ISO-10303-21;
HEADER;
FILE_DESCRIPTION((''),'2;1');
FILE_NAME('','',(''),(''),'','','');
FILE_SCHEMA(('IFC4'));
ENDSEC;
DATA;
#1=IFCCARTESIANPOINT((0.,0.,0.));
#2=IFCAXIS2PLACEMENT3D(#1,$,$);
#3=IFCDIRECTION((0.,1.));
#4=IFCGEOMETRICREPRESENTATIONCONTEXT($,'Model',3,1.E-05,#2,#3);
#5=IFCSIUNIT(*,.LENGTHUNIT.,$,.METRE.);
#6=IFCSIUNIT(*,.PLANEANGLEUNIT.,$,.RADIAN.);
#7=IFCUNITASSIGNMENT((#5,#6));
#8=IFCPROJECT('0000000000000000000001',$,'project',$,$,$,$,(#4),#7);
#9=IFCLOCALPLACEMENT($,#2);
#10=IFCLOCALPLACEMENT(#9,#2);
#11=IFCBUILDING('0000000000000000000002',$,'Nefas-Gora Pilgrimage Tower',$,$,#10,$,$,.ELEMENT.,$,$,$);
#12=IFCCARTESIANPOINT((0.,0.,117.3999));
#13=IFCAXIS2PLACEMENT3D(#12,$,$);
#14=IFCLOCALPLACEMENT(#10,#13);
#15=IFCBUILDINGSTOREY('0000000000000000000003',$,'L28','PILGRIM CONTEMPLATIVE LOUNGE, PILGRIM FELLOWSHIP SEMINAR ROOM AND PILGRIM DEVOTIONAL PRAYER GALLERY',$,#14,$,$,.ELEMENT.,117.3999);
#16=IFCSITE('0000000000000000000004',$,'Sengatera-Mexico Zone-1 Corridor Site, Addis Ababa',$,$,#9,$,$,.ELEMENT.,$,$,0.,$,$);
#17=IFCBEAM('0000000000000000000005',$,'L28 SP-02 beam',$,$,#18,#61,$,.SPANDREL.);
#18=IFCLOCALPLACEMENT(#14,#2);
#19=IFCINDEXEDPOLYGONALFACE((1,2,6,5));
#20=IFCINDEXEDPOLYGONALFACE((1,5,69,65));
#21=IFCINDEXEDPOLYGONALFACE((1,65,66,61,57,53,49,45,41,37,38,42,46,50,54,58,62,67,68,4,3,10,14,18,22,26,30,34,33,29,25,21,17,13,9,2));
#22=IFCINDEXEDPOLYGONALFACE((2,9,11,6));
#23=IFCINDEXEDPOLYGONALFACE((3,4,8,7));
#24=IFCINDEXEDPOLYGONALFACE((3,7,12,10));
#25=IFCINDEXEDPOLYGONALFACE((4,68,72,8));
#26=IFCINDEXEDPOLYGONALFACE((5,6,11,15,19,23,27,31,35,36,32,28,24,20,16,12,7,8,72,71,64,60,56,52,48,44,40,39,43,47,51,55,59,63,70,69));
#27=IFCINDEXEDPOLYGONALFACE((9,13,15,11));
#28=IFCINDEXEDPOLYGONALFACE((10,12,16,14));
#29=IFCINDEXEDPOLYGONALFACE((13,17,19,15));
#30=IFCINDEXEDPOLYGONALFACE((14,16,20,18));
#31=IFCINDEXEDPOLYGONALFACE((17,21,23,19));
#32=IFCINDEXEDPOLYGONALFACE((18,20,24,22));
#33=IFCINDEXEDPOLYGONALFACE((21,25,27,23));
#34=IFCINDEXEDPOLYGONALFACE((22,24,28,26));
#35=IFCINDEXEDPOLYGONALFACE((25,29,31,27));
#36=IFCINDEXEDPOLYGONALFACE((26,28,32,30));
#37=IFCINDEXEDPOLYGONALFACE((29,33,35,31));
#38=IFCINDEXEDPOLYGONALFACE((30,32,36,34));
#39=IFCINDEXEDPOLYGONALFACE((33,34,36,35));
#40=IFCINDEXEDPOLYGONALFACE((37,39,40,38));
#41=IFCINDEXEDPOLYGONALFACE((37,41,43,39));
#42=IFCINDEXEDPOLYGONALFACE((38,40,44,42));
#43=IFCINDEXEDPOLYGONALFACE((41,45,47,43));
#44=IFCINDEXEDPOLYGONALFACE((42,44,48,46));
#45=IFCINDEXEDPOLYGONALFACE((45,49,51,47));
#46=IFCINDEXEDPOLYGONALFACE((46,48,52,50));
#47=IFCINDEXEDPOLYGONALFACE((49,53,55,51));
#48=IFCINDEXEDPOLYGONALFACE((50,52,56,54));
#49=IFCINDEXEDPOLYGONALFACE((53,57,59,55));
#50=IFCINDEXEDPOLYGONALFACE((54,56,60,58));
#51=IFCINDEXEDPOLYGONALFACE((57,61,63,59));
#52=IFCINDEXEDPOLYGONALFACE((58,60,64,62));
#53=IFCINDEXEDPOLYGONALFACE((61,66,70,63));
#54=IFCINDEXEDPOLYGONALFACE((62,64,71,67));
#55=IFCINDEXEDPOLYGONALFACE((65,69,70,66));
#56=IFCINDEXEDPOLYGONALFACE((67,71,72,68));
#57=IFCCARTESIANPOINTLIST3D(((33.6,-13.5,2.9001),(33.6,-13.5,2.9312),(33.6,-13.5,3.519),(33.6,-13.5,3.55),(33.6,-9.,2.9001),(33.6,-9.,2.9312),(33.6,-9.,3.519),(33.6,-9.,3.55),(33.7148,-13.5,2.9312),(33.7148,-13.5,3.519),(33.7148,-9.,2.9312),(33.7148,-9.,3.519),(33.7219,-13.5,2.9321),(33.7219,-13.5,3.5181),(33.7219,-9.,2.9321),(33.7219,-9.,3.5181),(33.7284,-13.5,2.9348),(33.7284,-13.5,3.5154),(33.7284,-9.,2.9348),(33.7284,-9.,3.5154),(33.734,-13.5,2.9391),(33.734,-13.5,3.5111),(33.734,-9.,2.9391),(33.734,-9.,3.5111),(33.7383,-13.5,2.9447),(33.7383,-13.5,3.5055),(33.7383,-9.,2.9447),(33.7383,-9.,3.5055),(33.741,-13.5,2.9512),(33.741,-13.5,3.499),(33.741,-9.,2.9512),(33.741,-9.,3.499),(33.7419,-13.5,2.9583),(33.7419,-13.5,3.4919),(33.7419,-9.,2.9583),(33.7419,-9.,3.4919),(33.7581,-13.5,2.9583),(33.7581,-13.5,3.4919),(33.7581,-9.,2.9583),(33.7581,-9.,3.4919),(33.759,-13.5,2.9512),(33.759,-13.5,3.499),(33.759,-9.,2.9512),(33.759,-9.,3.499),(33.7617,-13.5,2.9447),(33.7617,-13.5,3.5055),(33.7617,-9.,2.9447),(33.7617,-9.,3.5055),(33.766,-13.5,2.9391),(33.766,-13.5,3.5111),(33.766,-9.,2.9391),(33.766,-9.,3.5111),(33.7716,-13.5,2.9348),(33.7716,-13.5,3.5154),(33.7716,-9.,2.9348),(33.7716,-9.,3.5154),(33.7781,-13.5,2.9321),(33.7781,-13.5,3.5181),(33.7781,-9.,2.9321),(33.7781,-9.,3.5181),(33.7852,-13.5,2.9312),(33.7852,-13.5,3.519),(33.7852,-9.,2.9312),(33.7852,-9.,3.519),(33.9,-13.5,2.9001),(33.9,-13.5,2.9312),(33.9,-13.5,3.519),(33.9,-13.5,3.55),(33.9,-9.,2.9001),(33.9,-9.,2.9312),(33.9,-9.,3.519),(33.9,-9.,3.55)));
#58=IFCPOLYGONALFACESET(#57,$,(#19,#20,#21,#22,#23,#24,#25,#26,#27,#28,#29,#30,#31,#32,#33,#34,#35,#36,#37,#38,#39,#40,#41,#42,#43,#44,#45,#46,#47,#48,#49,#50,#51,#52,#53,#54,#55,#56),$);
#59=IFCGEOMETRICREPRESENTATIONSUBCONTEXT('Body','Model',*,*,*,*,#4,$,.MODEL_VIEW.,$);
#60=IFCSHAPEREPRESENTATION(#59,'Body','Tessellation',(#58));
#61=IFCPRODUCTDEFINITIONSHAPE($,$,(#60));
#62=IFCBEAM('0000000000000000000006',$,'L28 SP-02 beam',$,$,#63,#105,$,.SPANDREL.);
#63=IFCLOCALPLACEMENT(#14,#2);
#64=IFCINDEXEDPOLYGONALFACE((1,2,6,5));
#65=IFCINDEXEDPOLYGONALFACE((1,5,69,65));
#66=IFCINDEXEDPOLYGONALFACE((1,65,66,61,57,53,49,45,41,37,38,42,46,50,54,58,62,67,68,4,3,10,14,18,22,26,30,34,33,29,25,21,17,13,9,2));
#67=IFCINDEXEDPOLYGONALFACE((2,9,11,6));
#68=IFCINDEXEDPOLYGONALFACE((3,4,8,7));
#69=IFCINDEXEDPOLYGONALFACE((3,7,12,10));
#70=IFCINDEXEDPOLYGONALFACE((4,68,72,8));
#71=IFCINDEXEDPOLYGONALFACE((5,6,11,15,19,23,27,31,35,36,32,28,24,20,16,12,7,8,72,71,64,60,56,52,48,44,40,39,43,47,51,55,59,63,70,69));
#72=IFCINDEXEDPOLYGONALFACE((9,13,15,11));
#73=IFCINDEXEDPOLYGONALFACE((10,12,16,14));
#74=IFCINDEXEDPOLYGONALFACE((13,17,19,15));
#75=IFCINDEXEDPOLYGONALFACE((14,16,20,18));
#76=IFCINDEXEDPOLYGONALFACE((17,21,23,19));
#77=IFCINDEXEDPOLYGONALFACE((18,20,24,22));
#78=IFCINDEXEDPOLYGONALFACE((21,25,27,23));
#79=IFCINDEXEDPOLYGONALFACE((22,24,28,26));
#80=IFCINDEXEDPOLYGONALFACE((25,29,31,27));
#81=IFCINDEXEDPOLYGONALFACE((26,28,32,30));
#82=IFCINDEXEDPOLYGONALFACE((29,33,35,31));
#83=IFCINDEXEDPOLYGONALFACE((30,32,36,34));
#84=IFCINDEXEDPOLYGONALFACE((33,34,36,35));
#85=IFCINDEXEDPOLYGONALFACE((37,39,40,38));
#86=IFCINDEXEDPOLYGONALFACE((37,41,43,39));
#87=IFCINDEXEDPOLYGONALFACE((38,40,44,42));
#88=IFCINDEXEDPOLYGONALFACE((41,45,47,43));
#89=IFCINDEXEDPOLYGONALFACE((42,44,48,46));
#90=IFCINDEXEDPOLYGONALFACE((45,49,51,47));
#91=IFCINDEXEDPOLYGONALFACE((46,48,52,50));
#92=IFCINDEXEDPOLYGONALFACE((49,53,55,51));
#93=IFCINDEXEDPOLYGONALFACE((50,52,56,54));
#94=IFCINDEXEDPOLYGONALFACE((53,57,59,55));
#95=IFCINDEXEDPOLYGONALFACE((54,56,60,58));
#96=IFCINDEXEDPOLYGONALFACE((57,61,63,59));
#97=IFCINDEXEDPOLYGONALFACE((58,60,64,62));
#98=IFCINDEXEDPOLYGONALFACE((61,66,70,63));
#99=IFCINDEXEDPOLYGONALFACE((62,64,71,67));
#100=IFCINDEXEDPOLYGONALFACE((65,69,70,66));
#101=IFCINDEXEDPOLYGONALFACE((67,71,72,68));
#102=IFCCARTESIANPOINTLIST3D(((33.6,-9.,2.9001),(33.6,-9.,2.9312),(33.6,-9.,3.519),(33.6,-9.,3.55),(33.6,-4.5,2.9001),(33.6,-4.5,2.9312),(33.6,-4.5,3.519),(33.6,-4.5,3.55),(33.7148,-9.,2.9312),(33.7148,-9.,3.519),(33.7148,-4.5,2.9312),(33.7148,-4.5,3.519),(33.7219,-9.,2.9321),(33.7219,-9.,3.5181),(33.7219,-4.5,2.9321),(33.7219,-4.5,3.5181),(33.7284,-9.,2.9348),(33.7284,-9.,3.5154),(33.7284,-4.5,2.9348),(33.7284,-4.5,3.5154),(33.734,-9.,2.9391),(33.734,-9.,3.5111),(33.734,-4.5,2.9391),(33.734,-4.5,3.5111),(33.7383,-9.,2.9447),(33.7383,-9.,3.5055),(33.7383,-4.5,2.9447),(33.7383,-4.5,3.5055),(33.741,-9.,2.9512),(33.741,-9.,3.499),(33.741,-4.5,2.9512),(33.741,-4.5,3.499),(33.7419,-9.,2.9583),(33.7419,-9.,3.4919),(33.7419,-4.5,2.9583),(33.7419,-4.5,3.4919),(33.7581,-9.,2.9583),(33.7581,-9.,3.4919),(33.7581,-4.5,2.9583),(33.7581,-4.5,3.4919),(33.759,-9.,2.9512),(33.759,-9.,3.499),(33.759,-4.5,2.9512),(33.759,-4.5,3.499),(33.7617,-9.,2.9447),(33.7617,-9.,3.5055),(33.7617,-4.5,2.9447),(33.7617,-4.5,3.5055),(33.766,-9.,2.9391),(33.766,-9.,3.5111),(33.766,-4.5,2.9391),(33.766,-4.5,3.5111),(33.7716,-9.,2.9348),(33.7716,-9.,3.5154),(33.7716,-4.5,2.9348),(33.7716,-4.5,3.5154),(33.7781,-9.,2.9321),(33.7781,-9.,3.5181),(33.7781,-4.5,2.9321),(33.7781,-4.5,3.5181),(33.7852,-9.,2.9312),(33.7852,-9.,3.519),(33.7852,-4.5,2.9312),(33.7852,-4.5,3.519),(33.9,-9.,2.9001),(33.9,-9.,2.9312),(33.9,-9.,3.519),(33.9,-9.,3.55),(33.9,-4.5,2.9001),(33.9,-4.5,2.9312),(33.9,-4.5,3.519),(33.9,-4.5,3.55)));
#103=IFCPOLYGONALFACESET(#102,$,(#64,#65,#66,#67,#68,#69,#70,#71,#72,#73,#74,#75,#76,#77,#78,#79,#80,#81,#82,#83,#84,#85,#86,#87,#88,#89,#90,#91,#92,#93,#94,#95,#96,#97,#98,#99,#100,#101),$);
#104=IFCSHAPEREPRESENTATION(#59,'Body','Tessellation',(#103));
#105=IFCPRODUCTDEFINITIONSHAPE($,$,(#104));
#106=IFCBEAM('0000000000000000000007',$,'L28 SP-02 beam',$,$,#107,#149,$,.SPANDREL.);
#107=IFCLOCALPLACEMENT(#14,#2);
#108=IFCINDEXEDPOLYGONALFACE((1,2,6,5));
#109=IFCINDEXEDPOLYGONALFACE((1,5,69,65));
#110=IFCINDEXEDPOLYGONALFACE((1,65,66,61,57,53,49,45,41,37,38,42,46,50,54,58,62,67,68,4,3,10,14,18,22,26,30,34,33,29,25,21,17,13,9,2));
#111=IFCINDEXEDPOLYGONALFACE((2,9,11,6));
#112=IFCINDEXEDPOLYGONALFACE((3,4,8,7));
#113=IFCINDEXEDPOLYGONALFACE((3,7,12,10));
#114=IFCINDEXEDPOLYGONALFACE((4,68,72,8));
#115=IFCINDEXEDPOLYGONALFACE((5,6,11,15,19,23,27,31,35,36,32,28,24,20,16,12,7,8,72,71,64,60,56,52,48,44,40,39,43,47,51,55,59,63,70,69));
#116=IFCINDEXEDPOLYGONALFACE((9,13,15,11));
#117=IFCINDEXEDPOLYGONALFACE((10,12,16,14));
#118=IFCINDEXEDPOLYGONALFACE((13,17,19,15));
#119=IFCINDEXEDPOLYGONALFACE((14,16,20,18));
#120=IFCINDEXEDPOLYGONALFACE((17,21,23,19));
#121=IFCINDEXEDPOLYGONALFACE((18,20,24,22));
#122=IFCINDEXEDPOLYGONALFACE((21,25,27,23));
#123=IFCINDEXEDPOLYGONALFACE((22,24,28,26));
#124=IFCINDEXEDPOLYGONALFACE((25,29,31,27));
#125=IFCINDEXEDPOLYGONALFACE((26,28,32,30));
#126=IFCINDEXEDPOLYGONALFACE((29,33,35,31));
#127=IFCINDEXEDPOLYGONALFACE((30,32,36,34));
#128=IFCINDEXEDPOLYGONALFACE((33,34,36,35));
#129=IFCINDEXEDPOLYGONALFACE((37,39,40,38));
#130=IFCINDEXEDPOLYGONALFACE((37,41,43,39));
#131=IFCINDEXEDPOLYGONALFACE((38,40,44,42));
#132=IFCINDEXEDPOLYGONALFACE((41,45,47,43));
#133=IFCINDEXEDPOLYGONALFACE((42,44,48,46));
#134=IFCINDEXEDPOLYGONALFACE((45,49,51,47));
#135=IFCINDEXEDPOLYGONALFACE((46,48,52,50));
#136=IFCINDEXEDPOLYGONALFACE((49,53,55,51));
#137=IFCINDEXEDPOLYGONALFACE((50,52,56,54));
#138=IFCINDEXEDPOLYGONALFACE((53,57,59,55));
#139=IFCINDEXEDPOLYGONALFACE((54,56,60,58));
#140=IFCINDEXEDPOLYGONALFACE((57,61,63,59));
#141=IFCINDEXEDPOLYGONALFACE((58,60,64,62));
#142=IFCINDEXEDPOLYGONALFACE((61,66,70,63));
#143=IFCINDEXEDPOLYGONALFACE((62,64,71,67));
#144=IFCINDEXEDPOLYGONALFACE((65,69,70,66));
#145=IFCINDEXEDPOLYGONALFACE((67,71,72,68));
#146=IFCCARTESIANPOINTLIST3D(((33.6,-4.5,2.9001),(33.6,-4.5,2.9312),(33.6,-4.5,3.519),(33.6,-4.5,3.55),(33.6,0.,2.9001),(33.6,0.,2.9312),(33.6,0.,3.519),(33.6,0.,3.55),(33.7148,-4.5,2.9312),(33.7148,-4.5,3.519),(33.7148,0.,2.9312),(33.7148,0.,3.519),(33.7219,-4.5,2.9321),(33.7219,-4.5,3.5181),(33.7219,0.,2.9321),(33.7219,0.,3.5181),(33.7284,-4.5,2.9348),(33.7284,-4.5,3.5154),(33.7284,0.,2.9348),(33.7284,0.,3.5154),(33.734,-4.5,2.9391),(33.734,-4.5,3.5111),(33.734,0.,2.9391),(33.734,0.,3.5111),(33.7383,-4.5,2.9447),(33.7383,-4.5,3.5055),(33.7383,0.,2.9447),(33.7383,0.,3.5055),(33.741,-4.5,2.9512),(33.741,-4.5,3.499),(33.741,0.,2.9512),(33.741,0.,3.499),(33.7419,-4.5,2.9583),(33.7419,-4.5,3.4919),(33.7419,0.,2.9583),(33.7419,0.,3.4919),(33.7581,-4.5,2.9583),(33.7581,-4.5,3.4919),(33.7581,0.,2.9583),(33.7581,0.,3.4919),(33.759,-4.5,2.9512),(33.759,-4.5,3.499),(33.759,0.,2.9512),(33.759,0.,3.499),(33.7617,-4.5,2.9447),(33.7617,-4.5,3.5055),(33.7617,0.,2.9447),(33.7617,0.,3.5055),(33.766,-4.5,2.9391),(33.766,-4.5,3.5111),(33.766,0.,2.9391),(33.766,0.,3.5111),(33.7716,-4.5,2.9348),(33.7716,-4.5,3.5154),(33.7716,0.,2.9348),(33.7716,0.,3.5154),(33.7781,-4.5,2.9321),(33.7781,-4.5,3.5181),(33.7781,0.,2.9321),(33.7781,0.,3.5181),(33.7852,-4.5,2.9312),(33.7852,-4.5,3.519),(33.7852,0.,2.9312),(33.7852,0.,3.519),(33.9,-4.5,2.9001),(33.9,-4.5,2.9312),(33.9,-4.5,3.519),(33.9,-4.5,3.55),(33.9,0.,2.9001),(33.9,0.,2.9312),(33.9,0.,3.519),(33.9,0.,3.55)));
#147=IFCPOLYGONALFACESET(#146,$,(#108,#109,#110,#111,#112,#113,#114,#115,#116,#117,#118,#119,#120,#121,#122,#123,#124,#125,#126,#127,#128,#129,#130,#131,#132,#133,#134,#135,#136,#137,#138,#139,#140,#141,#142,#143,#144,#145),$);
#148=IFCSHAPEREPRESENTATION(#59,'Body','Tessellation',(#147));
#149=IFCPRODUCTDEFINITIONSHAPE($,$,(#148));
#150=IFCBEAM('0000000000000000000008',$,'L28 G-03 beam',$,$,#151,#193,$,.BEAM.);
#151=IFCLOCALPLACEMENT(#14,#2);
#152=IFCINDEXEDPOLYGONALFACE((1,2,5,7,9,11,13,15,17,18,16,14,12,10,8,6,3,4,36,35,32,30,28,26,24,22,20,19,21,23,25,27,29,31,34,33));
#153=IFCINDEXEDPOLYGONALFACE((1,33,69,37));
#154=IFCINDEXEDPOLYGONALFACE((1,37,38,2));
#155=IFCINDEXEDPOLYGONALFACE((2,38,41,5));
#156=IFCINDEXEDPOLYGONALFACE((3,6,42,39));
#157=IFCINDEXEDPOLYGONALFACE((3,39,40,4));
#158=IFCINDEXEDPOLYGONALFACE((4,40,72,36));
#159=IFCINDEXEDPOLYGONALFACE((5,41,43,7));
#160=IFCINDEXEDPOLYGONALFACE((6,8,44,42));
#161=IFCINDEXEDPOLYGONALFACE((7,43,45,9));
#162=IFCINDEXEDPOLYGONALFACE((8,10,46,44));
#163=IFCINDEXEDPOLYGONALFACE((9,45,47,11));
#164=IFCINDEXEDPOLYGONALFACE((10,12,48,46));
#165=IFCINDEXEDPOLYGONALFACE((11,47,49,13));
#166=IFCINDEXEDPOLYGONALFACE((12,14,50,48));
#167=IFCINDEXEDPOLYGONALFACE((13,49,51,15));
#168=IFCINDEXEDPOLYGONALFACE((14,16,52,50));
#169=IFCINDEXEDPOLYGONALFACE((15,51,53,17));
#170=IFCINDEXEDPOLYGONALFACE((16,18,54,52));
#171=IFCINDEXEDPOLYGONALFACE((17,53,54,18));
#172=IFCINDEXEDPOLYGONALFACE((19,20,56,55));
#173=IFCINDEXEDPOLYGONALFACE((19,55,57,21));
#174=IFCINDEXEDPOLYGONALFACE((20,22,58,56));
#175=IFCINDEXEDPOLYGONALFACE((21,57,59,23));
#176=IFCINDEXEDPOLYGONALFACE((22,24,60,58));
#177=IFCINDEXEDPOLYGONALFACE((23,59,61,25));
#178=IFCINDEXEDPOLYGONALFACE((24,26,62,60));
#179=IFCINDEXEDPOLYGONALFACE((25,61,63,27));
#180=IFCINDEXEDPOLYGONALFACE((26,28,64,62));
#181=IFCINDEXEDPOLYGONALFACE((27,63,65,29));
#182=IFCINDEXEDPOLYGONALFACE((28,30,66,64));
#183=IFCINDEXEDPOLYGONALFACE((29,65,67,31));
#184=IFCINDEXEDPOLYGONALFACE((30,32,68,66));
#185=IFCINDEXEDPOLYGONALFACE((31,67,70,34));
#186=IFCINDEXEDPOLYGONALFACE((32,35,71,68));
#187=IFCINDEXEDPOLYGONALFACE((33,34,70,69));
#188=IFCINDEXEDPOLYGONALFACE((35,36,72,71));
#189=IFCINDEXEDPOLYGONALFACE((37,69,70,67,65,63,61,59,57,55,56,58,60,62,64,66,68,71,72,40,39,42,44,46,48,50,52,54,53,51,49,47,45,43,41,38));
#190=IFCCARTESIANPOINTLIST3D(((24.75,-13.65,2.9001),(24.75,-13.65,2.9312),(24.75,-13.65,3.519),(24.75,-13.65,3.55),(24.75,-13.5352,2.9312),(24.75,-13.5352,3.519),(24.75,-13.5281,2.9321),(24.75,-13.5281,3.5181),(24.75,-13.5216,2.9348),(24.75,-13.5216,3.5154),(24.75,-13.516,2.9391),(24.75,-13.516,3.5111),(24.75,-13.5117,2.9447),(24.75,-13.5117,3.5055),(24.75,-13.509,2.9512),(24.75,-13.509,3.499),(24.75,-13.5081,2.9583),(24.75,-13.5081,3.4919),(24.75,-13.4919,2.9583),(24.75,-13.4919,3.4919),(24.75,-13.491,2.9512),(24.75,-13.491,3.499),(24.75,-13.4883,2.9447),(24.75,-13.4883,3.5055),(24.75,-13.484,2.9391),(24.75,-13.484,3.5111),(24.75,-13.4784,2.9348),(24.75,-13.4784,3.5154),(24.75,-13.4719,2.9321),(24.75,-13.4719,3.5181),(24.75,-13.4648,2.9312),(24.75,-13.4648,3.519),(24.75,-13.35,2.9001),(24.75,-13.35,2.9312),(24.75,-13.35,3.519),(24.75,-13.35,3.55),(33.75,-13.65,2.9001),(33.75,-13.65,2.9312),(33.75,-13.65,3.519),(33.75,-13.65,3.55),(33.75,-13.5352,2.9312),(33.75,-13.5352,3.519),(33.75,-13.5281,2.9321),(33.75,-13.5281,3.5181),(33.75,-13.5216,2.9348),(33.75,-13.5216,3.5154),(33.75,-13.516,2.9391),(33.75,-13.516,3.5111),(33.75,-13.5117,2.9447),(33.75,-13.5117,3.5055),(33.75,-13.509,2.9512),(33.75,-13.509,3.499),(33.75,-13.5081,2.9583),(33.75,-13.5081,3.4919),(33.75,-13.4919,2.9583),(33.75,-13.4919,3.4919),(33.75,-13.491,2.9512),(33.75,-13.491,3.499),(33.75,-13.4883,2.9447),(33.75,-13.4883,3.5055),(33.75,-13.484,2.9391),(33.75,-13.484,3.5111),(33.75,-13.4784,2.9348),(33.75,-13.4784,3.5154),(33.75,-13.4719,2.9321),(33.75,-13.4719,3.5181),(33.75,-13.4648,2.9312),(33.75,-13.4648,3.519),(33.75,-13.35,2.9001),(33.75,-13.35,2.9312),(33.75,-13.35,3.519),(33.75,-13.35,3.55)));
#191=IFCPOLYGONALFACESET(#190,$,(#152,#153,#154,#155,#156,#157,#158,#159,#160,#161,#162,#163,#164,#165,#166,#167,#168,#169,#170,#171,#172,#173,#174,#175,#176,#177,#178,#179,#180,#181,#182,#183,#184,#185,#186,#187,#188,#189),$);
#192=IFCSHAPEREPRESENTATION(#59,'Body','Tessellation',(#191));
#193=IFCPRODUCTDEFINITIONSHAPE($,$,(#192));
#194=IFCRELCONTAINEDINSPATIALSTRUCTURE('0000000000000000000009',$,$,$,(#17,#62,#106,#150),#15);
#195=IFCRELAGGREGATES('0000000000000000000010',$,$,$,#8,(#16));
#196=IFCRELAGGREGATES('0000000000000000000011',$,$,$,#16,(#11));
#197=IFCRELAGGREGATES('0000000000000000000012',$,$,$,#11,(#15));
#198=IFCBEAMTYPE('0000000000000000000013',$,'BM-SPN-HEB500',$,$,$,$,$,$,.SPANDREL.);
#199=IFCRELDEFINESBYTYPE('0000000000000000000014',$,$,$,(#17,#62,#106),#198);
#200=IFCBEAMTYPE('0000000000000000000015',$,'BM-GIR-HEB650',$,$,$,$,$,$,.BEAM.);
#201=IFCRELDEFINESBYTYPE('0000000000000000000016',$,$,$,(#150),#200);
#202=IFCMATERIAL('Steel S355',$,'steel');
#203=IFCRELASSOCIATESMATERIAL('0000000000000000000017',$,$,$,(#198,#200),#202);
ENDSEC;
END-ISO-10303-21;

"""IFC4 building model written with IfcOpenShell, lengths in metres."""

from ifc_helpers import new_model, si_unit, direction, frame, origin, origin_2d, place, context, subcontext, project, spatial, i_section, extrude, source, transform, mapped, material, material_profile, profile_set, type_object, element, save


model = new_model("IFC4")

# Units and contexts
model_context = context("Model", 3, precision=1e-05, world=origin(), true_north=direction((0.0, 1.0)))
body_context = subcontext(model_context, "Body", "Model", "MODEL_VIEW")
ifc_project = project(units=[si_unit("LENGTHUNIT", "METRE"), si_unit("PLANEANGLEUNIT", "RADIAN")], contexts=[model_context])

# Site, building, storey
site_placement = place(None, origin())
site = spatial("IfcSite", under=ifc_project, at=site_placement, Name="Sengatera-Mexico Zone-1 Corridor Site, Addis Ababa", CompositionType="ELEMENT", RefElevation=0.0)
building_placement = place(site_placement, origin())
building = spatial("IfcBuilding", under=site, at=building_placement, Name="Nefas-Gora Pilgrimage Tower", CompositionType="ELEMENT")
storey_placement = place(building_placement, frame((0.0, 0.0, 117.3999)))
storey = spatial("IfcBuildingStorey", under=building, at=storey_placement, Name="L28", Description="PILGRIM CONTEMPLATIVE LOUNGE, PILGRIM FELLOWSHIP SEMINAR ROOM AND PILGRIM DEVOTIONAL PRAYER GALLERY", CompositionType="ELEMENT", Elevation=117.3999)

# Beams
ifc_material_1 = material(Name="Steel S355", Category="steel")
ifc_material_profile_1 = material_profile(ifc_material_1, i_section(OverallWidth=0.3, OverallDepth=0.6499, WebThickness=0.0161, FlangeThickness=0.031, FilletRadius=0.0271, at=origin_2d()), Name="HEB 650")
ifc_profile_set_1 = profile_set([ifc_material_profile_1], Name="Steel S355")
beam_type_1 = type_object("IfcBeamType", Name="BM-SPN-HEB500", PredefinedType="SPANDREL", material=ifc_profile_set_1)
shared_shape_1 = source(origin(), body_context, "Body", "SweptSolid", [
    extrude(i_section(OverallWidth=0.3, OverallDepth=0.6499, WebThickness=0.0161, FlangeThickness=0.031, FilletRadius=0.0271, at=origin_2d()), origin(), (0.0, 0.0, 1.0), 4.5),
])
for number, where, z_axis, x_axis, name in (
    (1, (33.75, -13.5, 3.2251), (0.0, 1.0, 0.0), (-1.0, 0.0, 0.0), "L28 SP-02 beam"),
    (2, (33.75, -9.0, 3.2251), (0.0, 1.0, 0.0), (-1.0, 0.0, 0.0), "L28 SP-02 beam"),
    (3, (33.75, -4.5, 3.2251), (0.0, 1.0, 0.0), (-1.0, 0.0, 0.0), "L28 SP-02 beam"),
):
    element("IfcBeam", number, at=place(storey_placement, frame(where, z_axis=z_axis, x_axis=x_axis)), inside=storey, type_object=beam_type_1, Name=name, PredefinedType="SPANDREL", context=body_context, shape_type="MappedRepresentation", body=[
        mapped(shared_shape_1, transform((0.0, 0.0, 0.0), x_axis=(1.0, 0.0, 0.0), y_axis=(0.0, 1.0, 0.0), z_axis=(0.0, 0.0, 1.0), scale=1.0)),
    ])
ifc_material_profile_2 = material_profile(ifc_material_1, i_section(OverallWidth=0.3, OverallDepth=0.6499, WebThickness=0.0161, FlangeThickness=0.031, FilletRadius=0.0271, at=origin_2d()), Name="HEB 650")
ifc_profile_set_2 = profile_set([ifc_material_profile_2], Name="Steel S355")
beam_type_2 = type_object("IfcBeamType", Name="BM-GIR-HEB650", PredefinedType="BEAM", material=ifc_profile_set_2)
shared_shape_2 = source(origin(), body_context, "Body", "SweptSolid", [
    extrude(i_section(OverallWidth=0.3, OverallDepth=0.6499, WebThickness=0.0161, FlangeThickness=0.031, FilletRadius=0.0271, at=origin_2d()), origin(), (0.0, 0.0, 1.0), 9.0),
])
for number, where, z_axis, x_axis, name in (
    (4, (24.75, -13.5, 3.2251), (1.0, 0.0, 0.0), (0.0, 1.0, 0.0), "L28 G-03 beam"),
):
    element("IfcBeam", number, at=place(storey_placement, frame(where, z_axis=z_axis, x_axis=x_axis)), inside=storey, type_object=beam_type_2, Name=name, PredefinedType="BEAM", context=body_context, shape_type="MappedRepresentation", body=[
        mapped(shared_shape_2, transform((0.0, 0.0, 0.0), x_axis=(1.0, 0.0, 0.0), y_axis=(0.0, 1.0, 0.0), z_axis=(0.0, 0.0, 1.0), scale=1.0)),
    ])

save(model, "model.ifc")
